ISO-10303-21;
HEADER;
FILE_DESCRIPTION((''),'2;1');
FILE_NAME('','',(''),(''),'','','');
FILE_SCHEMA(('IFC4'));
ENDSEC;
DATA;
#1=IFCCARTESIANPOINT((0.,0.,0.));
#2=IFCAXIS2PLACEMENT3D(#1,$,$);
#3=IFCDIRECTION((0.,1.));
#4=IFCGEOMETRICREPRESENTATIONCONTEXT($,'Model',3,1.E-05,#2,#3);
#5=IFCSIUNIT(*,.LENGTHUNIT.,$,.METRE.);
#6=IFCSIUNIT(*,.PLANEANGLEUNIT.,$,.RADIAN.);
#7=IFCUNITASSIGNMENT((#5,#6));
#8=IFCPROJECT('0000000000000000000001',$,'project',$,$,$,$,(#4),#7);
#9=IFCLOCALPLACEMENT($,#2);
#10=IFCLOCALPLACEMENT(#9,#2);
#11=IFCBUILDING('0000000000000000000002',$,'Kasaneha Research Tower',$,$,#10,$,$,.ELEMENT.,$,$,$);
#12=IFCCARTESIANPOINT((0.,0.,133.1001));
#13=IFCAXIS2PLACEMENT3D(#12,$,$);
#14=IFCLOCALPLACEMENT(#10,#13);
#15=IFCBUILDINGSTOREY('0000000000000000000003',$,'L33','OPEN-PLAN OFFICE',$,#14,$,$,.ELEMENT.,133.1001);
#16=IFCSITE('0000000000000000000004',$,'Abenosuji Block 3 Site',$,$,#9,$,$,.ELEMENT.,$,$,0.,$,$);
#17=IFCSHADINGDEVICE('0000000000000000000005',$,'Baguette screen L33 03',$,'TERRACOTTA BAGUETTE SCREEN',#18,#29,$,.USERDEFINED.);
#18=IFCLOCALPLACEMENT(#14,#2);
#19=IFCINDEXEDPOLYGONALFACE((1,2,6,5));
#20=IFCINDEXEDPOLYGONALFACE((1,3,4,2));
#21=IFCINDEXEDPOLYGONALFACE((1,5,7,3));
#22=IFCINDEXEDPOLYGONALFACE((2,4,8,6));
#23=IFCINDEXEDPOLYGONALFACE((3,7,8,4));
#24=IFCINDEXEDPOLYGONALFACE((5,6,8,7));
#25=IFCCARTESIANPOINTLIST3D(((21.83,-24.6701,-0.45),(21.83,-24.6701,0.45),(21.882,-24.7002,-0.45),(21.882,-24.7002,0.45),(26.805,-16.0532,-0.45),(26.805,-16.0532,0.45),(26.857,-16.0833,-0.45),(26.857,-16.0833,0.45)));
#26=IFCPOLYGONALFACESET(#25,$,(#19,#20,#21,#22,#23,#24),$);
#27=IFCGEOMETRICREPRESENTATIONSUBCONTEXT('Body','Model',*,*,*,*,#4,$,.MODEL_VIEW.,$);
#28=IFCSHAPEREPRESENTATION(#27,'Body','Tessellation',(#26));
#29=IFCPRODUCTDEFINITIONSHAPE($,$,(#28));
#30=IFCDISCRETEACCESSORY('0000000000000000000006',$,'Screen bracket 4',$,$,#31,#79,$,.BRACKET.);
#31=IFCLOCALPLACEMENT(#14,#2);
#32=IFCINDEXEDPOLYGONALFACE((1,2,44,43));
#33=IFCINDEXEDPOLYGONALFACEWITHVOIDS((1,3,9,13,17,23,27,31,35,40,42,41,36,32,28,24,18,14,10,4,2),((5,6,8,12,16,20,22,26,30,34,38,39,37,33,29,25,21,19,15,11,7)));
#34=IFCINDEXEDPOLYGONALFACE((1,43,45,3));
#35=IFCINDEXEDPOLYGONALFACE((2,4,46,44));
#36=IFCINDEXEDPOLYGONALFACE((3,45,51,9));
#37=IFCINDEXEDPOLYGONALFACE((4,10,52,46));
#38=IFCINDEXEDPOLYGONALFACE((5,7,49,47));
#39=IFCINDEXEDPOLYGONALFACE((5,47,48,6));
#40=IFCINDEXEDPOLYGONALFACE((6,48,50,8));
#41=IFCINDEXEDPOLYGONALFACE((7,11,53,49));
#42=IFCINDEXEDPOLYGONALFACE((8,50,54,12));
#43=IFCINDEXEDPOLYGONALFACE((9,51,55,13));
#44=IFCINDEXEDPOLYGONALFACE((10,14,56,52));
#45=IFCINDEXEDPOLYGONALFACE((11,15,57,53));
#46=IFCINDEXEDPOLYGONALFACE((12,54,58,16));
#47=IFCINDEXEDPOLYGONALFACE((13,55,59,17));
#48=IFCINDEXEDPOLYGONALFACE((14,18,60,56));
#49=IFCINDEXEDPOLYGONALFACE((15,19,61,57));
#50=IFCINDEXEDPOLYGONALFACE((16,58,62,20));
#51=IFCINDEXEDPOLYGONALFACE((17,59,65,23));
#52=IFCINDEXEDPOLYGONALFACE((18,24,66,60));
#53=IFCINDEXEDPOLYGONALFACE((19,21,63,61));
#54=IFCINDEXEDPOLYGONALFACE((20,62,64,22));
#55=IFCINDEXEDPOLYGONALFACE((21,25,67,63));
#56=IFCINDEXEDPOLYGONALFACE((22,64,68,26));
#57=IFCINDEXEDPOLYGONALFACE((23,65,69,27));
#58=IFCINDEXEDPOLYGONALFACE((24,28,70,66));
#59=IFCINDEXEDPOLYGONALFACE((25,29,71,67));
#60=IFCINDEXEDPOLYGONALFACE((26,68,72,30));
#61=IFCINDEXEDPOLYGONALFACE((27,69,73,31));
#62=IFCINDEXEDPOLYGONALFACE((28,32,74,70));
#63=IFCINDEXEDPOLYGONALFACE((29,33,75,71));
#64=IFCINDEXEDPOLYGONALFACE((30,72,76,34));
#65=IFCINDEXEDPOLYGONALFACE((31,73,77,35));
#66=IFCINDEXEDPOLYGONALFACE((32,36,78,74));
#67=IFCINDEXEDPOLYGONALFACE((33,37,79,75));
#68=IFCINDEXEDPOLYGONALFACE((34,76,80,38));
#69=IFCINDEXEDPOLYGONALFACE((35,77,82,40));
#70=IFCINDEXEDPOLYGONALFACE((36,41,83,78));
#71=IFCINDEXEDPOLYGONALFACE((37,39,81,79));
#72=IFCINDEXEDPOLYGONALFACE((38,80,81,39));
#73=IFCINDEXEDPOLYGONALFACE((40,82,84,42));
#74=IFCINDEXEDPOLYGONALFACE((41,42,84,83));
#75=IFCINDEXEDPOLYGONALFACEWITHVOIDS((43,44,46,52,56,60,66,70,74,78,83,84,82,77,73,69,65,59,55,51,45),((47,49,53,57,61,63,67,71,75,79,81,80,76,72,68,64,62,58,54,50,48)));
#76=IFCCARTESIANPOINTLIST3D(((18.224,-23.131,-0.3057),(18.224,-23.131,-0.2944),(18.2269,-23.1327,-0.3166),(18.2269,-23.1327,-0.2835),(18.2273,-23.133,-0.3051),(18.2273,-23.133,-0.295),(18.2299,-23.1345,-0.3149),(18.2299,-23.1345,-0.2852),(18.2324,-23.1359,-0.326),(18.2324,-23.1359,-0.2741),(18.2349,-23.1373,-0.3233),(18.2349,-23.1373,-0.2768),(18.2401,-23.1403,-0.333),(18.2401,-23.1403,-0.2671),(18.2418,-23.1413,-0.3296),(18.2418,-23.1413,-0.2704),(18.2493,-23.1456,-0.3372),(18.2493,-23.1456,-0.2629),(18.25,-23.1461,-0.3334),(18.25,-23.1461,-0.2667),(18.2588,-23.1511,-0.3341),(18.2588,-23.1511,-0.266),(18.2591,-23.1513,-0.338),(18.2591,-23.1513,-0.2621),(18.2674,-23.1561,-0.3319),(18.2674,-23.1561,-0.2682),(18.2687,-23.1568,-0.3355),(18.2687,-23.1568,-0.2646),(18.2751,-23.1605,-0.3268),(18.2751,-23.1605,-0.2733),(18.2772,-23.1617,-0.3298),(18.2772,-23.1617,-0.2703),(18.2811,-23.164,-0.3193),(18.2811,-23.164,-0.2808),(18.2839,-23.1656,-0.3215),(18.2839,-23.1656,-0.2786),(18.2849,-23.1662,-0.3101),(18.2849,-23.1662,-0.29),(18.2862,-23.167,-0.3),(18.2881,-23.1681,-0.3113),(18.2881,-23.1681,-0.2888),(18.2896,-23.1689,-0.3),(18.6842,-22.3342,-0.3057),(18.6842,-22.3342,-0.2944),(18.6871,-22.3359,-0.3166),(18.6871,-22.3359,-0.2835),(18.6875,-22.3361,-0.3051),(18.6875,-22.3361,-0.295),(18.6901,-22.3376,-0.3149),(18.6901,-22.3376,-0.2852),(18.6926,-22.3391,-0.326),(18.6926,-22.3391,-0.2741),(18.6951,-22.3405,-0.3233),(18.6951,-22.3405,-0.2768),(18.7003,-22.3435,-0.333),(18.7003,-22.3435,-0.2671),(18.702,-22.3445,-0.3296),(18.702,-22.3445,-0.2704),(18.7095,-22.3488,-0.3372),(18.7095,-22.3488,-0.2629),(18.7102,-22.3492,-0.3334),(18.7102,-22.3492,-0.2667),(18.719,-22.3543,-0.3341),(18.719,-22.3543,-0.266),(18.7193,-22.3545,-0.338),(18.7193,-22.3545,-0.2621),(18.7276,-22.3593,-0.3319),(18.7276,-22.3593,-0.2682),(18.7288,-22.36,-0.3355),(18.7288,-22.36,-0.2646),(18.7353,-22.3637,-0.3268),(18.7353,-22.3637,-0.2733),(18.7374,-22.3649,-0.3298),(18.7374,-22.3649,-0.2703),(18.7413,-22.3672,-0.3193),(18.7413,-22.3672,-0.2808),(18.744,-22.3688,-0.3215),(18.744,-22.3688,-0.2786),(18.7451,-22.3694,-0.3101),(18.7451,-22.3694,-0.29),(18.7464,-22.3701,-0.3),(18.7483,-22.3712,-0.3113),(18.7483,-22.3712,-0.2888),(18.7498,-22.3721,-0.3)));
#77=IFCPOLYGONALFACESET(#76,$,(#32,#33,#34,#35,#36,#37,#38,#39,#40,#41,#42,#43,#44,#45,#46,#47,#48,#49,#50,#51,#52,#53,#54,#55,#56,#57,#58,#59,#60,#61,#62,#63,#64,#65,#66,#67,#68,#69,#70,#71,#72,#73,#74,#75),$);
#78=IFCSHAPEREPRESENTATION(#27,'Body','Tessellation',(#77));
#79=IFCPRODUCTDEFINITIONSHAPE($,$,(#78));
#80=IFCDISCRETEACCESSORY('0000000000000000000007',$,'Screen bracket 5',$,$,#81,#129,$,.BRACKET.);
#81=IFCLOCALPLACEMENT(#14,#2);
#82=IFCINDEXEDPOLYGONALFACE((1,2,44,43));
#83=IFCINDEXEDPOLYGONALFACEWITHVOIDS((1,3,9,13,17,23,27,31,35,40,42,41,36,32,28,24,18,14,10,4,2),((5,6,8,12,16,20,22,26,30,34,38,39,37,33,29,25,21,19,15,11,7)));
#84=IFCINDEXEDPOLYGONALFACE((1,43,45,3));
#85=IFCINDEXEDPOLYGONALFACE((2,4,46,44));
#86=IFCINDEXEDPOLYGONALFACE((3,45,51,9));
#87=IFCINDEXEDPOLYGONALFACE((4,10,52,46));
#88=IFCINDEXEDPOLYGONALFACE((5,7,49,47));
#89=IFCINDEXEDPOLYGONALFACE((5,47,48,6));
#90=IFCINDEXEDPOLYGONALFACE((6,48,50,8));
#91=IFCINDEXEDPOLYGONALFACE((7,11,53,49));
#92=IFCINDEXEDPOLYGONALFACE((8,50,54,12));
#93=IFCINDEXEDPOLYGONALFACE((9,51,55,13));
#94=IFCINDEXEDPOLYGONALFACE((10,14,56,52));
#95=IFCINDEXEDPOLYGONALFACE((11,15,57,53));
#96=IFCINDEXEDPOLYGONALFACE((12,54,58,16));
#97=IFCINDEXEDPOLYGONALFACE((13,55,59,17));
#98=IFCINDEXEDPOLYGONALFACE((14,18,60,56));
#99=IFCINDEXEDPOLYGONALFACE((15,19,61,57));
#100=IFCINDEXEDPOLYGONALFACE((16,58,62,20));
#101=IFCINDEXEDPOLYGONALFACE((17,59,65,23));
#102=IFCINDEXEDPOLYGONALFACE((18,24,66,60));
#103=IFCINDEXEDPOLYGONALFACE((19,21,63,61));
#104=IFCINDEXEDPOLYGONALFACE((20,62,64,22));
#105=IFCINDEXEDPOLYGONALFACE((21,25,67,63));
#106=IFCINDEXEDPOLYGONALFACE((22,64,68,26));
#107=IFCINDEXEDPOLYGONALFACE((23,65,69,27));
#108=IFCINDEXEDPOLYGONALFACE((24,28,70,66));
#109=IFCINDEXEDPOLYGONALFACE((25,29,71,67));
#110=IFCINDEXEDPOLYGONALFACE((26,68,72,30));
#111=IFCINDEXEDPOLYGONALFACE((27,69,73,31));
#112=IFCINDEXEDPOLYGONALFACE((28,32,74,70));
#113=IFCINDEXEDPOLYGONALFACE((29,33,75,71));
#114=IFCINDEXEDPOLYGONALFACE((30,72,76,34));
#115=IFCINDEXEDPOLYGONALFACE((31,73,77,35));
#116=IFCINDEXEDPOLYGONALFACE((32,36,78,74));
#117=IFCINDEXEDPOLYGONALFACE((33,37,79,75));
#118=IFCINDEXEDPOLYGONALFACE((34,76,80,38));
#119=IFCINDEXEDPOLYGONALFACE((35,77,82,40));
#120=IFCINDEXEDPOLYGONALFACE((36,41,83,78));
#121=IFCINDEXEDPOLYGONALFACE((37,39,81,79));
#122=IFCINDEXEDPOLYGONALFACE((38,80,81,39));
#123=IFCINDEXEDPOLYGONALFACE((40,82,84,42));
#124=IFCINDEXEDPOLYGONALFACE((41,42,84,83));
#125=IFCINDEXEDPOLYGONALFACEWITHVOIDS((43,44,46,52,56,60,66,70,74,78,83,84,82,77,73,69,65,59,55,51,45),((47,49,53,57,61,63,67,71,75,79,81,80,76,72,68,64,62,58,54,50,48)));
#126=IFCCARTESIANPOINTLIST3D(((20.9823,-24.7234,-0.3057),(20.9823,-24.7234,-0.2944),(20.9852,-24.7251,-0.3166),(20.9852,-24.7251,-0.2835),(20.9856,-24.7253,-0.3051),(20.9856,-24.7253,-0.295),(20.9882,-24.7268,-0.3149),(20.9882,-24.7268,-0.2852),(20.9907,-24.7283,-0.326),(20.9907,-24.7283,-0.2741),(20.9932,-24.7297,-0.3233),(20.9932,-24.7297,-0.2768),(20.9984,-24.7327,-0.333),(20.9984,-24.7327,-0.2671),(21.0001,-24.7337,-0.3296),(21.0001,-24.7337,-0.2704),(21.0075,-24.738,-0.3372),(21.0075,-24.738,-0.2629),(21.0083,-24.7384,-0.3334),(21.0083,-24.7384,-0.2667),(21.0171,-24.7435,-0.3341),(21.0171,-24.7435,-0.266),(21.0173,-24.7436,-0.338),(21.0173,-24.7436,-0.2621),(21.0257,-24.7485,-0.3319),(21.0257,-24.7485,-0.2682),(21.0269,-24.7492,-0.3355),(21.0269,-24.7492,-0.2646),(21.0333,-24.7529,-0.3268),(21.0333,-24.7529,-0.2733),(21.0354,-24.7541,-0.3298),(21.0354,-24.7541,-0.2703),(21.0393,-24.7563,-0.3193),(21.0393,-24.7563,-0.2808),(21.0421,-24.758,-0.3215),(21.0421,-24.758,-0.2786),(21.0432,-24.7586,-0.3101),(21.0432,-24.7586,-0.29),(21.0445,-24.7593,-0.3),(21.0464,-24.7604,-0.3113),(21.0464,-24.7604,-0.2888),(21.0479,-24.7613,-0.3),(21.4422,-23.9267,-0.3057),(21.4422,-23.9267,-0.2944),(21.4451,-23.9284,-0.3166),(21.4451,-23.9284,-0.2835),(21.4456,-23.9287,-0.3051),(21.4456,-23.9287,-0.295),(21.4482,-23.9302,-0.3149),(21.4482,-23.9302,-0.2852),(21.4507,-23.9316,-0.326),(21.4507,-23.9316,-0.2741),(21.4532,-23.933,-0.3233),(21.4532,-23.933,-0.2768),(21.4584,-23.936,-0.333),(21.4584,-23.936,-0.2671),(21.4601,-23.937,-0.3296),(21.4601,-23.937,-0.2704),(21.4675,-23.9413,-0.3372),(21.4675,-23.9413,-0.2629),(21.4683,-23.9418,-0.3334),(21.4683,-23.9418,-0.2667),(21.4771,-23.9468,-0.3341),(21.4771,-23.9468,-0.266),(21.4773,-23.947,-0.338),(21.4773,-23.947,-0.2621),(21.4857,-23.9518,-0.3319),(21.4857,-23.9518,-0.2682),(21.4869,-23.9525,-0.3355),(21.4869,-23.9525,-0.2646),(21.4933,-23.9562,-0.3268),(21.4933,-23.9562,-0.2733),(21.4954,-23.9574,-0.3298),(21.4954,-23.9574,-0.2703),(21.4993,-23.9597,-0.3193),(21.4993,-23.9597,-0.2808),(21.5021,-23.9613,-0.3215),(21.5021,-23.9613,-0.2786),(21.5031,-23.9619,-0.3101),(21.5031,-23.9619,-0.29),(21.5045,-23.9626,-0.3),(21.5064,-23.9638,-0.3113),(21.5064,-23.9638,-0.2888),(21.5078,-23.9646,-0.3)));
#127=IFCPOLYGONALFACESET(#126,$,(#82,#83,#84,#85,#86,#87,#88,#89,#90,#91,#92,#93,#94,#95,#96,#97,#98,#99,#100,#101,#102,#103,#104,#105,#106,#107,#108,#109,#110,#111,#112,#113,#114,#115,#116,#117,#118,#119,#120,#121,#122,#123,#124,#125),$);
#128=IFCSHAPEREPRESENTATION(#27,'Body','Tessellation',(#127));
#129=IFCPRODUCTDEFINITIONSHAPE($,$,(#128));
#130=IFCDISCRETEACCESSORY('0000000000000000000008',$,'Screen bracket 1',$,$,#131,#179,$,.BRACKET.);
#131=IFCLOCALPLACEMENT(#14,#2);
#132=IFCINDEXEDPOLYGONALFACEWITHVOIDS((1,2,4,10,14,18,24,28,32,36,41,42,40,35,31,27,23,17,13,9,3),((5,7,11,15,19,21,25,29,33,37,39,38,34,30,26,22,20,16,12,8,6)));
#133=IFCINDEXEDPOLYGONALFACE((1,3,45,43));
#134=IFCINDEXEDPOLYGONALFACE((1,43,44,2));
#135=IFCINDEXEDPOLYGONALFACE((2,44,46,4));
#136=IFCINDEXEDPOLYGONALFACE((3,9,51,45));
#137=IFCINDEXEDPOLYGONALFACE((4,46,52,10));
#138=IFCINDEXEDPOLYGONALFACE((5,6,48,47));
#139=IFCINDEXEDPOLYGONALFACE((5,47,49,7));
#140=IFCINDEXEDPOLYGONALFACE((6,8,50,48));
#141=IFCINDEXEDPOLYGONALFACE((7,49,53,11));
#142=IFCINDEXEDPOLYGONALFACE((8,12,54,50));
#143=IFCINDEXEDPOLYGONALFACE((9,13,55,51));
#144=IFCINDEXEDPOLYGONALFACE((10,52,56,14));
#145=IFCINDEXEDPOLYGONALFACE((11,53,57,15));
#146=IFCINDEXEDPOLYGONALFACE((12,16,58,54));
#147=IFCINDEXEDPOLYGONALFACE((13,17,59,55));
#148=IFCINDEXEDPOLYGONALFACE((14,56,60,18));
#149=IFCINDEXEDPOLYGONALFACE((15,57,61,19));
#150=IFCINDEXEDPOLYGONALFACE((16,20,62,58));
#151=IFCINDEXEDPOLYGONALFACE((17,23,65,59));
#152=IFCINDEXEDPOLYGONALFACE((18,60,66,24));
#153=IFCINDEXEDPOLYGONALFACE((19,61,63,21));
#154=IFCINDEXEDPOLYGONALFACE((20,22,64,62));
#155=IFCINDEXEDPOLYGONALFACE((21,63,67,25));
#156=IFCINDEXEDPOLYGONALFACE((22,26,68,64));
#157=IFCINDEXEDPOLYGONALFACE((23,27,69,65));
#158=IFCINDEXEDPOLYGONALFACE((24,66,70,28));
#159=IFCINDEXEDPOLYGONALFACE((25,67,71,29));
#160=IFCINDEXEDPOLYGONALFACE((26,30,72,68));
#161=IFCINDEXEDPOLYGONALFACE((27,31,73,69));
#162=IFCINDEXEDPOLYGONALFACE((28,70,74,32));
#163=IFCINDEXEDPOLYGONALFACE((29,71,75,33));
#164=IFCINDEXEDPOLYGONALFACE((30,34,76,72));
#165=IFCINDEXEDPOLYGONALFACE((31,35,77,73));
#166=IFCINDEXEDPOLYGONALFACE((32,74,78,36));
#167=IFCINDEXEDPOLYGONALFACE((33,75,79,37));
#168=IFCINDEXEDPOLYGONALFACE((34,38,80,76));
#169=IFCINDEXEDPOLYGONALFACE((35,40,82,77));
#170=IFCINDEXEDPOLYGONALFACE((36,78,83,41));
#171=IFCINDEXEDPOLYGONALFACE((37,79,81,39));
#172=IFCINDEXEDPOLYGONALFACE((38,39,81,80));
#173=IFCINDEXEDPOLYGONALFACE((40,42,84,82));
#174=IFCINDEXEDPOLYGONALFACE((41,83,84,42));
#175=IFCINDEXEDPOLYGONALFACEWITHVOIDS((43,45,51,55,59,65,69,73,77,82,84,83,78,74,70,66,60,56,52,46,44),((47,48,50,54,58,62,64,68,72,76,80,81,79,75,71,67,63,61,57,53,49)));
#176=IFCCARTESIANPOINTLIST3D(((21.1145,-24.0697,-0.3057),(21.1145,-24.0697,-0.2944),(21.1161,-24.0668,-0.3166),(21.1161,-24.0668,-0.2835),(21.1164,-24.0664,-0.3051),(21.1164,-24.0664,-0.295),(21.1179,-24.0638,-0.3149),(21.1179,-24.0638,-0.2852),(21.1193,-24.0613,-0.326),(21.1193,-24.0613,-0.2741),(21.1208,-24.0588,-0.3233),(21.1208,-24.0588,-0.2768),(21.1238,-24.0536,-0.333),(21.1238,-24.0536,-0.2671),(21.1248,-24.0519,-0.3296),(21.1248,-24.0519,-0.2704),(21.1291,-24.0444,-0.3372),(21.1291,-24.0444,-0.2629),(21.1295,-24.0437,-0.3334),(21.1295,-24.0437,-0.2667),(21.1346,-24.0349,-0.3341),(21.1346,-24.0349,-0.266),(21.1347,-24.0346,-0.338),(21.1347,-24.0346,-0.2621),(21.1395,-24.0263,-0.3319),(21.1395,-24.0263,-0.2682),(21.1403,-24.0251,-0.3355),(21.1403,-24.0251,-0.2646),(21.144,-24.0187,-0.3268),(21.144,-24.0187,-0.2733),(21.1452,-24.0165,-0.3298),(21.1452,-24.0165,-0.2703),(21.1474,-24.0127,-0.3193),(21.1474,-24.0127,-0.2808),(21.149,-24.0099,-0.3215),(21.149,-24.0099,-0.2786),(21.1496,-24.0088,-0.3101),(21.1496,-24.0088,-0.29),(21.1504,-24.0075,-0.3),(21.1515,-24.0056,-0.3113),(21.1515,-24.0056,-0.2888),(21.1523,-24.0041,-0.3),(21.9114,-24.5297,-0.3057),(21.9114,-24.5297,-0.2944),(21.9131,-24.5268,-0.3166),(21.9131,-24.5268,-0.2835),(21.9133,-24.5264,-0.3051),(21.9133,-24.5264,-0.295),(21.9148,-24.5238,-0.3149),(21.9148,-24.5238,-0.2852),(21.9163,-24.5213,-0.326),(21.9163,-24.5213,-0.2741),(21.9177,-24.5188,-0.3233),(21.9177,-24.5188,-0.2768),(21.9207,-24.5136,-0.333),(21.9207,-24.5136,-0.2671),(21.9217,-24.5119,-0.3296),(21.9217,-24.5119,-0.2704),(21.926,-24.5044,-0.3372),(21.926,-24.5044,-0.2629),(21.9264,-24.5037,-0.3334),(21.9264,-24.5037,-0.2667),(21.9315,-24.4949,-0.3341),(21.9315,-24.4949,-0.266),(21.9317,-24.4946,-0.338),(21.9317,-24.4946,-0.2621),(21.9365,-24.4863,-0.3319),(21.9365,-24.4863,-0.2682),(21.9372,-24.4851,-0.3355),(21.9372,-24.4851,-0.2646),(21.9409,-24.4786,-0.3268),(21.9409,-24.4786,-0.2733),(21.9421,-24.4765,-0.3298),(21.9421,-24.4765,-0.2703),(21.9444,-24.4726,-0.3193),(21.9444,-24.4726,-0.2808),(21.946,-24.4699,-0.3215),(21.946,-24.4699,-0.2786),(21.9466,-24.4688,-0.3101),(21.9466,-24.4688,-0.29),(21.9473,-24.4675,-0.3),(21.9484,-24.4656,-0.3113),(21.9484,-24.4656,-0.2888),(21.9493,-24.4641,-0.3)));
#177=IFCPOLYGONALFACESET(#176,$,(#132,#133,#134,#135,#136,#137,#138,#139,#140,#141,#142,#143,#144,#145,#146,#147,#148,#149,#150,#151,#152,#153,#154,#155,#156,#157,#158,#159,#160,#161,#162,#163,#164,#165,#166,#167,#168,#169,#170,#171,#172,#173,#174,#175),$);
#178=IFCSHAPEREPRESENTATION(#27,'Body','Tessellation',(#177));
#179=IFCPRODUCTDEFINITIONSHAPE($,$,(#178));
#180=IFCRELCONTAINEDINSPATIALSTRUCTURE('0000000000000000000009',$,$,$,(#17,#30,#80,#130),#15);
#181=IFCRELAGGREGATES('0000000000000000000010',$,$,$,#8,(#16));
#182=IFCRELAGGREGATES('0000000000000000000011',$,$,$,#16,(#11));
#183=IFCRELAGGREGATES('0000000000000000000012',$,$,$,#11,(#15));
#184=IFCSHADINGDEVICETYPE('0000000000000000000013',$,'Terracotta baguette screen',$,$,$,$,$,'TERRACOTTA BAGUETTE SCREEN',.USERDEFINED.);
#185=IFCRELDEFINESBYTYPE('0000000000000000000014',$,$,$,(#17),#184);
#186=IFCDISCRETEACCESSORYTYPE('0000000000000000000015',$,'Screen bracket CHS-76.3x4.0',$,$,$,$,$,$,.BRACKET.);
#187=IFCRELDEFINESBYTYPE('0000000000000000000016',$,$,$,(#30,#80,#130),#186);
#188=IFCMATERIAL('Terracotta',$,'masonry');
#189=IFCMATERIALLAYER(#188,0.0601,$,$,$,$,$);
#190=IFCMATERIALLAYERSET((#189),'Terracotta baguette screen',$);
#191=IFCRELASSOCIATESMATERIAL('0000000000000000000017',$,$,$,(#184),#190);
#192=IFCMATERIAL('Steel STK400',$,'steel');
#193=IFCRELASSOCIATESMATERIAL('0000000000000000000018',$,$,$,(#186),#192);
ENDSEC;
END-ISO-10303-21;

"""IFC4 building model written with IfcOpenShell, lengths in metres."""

from ifc_helpers import new_model, si_unit, direction, frame, origin, origin_2d, place, context, subcontext, project, spatial, rectangle, hollow_circle, extrude, material, layer, layer_set, material_profile, profile_set, type_object, element, save


model = new_model("IFC4")

# Units and contexts
model_context = context("Model", 3, precision=1e-05, world=origin(), true_north=direction((0.0, 1.0)))
body_context = subcontext(model_context, "Body", "Model", "MODEL_VIEW")
ifc_project = project(units=[si_unit("LENGTHUNIT", "METRE"), si_unit("PLANEANGLEUNIT", "RADIAN")], contexts=[model_context])

# Site, building, storey
site_placement = place(None, origin())
site = spatial("IfcSite", under=ifc_project, at=site_placement, Name="Abenosuji Block 3 Site", CompositionType="ELEMENT", RefElevation=0.0)
building_placement = place(site_placement, origin())
building = spatial("IfcBuilding", under=site, at=building_placement, Name="Kasaneha Research Tower", CompositionType="ELEMENT")
storey_placement = place(building_placement, frame((0.0, 0.0, 133.1001)))
storey = spatial("IfcBuildingStorey", under=building, at=storey_placement, Name="L33", Description="OPEN-PLAN OFFICE", CompositionType="ELEMENT", Elevation=133.1001)

# Shading device
ifc_material_1 = material(Name="Terracotta", Category="masonry")
ifc_layer_1 = layer(ifc_material_1, 0.0601)
ifc_layer_set_1 = layer_set([ifc_layer_1], Name="Terracotta baguette screen")
shading_device_type = type_object("IfcShadingDeviceType", Name="Terracotta baguette screen", ElementType="TERRACOTTA BAGUETTE SCREEN", PredefinedType="USERDEFINED", material=ifc_layer_set_1)
shading_device_placement = place(storey_placement, frame((24.3435, -20.3767, -0.45), z_axis=(0.0, 0.0, 1.0), x_axis=(0.5, 0.866025, 0.0)))
element("IfcShadingDevice", 1, at=shading_device_placement, inside=storey, type_object=shading_device_type, Name="Baguette screen L33 03", ObjectType="TERRACOTTA BAGUETTE SCREEN", PredefinedType="USERDEFINED", context=body_context, shape_type="SweptSolid", body=[
    extrude(rectangle(XDim=9.95, YDim=0.0601, at=origin_2d()), origin(), (0.0, 0.0, 1.0), 0.8999),
])

# Discrete accessories
ifc_material_2 = material(Name="Steel STK400", Category="steel")
ifc_material_profile_1 = material_profile(ifc_material_2, hollow_circle(Radius=0.0381, WallThickness=0.0039, at=origin_2d()), Name="CHS-76.3x4.0")
ifc_profile_set_1 = profile_set([ifc_material_profile_1], Name="Steel STK400")
discrete_accessory_type = type_object("IfcDiscreteAccessoryType", Name="Screen bracket CHS-76.3x4.0", PredefinedType="BRACKET", material=ifc_profile_set_1)
discrete_accessory_1_placement = place(storey_placement, frame((18.7168, -22.353, -0.3), z_axis=(-0.500105, -0.865965, 0.0), x_axis=(0.865965, -0.500105, 0.0)))
element("IfcDiscreteAccessory", 2, at=discrete_accessory_1_placement, inside=storey, type_object=discrete_accessory_type, Name="Screen bracket 4", PredefinedType="BRACKET", context=body_context, shape_type="SweptSolid", body=[
    extrude(hollow_circle(Radius=0.0381, WallThickness=0.0039, at=origin_2d()), origin(), (0.0, 0.0, 1.0), 0.9202),
])
discrete_accessory_2_placement = place(storey_placement, frame((21.4749, -23.9456, -0.3), z_axis=(-0.500021, -0.866013, 0.0), x_axis=(0.866013, -0.500021, 0.0)))
element("IfcDiscreteAccessory", 3, at=discrete_accessory_2_placement, inside=storey, type_object=discrete_accessory_type, Name="Screen bracket 5", PredefinedType="BRACKET", context=body_context, shape_type="SweptSolid", body=[
    extrude(hollow_circle(Radius=0.0381, WallThickness=0.0039, at=origin_2d()), origin(), (0.0, 0.0, 1.0), 0.9199),
])
discrete_accessory_3_placement = place(storey_placement, frame((21.1333, -24.0371, -0.3), z_axis=(0.86608, -0.499906, 0.0), x_axis=(0.499906, 0.86608, 0.0)))
element("IfcDiscreteAccessory", 4, at=discrete_accessory_3_placement, inside=storey, type_object=discrete_accessory_type, Name="Screen bracket 1", PredefinedType="BRACKET", context=body_context, shape_type="SweptSolid", body=[
    extrude(hollow_circle(Radius=0.0381, WallThickness=0.0039, at=origin_2d()), origin(), (0.0, 0.0, 1.0), 0.9202),
])

save(model, "model.ifc")
